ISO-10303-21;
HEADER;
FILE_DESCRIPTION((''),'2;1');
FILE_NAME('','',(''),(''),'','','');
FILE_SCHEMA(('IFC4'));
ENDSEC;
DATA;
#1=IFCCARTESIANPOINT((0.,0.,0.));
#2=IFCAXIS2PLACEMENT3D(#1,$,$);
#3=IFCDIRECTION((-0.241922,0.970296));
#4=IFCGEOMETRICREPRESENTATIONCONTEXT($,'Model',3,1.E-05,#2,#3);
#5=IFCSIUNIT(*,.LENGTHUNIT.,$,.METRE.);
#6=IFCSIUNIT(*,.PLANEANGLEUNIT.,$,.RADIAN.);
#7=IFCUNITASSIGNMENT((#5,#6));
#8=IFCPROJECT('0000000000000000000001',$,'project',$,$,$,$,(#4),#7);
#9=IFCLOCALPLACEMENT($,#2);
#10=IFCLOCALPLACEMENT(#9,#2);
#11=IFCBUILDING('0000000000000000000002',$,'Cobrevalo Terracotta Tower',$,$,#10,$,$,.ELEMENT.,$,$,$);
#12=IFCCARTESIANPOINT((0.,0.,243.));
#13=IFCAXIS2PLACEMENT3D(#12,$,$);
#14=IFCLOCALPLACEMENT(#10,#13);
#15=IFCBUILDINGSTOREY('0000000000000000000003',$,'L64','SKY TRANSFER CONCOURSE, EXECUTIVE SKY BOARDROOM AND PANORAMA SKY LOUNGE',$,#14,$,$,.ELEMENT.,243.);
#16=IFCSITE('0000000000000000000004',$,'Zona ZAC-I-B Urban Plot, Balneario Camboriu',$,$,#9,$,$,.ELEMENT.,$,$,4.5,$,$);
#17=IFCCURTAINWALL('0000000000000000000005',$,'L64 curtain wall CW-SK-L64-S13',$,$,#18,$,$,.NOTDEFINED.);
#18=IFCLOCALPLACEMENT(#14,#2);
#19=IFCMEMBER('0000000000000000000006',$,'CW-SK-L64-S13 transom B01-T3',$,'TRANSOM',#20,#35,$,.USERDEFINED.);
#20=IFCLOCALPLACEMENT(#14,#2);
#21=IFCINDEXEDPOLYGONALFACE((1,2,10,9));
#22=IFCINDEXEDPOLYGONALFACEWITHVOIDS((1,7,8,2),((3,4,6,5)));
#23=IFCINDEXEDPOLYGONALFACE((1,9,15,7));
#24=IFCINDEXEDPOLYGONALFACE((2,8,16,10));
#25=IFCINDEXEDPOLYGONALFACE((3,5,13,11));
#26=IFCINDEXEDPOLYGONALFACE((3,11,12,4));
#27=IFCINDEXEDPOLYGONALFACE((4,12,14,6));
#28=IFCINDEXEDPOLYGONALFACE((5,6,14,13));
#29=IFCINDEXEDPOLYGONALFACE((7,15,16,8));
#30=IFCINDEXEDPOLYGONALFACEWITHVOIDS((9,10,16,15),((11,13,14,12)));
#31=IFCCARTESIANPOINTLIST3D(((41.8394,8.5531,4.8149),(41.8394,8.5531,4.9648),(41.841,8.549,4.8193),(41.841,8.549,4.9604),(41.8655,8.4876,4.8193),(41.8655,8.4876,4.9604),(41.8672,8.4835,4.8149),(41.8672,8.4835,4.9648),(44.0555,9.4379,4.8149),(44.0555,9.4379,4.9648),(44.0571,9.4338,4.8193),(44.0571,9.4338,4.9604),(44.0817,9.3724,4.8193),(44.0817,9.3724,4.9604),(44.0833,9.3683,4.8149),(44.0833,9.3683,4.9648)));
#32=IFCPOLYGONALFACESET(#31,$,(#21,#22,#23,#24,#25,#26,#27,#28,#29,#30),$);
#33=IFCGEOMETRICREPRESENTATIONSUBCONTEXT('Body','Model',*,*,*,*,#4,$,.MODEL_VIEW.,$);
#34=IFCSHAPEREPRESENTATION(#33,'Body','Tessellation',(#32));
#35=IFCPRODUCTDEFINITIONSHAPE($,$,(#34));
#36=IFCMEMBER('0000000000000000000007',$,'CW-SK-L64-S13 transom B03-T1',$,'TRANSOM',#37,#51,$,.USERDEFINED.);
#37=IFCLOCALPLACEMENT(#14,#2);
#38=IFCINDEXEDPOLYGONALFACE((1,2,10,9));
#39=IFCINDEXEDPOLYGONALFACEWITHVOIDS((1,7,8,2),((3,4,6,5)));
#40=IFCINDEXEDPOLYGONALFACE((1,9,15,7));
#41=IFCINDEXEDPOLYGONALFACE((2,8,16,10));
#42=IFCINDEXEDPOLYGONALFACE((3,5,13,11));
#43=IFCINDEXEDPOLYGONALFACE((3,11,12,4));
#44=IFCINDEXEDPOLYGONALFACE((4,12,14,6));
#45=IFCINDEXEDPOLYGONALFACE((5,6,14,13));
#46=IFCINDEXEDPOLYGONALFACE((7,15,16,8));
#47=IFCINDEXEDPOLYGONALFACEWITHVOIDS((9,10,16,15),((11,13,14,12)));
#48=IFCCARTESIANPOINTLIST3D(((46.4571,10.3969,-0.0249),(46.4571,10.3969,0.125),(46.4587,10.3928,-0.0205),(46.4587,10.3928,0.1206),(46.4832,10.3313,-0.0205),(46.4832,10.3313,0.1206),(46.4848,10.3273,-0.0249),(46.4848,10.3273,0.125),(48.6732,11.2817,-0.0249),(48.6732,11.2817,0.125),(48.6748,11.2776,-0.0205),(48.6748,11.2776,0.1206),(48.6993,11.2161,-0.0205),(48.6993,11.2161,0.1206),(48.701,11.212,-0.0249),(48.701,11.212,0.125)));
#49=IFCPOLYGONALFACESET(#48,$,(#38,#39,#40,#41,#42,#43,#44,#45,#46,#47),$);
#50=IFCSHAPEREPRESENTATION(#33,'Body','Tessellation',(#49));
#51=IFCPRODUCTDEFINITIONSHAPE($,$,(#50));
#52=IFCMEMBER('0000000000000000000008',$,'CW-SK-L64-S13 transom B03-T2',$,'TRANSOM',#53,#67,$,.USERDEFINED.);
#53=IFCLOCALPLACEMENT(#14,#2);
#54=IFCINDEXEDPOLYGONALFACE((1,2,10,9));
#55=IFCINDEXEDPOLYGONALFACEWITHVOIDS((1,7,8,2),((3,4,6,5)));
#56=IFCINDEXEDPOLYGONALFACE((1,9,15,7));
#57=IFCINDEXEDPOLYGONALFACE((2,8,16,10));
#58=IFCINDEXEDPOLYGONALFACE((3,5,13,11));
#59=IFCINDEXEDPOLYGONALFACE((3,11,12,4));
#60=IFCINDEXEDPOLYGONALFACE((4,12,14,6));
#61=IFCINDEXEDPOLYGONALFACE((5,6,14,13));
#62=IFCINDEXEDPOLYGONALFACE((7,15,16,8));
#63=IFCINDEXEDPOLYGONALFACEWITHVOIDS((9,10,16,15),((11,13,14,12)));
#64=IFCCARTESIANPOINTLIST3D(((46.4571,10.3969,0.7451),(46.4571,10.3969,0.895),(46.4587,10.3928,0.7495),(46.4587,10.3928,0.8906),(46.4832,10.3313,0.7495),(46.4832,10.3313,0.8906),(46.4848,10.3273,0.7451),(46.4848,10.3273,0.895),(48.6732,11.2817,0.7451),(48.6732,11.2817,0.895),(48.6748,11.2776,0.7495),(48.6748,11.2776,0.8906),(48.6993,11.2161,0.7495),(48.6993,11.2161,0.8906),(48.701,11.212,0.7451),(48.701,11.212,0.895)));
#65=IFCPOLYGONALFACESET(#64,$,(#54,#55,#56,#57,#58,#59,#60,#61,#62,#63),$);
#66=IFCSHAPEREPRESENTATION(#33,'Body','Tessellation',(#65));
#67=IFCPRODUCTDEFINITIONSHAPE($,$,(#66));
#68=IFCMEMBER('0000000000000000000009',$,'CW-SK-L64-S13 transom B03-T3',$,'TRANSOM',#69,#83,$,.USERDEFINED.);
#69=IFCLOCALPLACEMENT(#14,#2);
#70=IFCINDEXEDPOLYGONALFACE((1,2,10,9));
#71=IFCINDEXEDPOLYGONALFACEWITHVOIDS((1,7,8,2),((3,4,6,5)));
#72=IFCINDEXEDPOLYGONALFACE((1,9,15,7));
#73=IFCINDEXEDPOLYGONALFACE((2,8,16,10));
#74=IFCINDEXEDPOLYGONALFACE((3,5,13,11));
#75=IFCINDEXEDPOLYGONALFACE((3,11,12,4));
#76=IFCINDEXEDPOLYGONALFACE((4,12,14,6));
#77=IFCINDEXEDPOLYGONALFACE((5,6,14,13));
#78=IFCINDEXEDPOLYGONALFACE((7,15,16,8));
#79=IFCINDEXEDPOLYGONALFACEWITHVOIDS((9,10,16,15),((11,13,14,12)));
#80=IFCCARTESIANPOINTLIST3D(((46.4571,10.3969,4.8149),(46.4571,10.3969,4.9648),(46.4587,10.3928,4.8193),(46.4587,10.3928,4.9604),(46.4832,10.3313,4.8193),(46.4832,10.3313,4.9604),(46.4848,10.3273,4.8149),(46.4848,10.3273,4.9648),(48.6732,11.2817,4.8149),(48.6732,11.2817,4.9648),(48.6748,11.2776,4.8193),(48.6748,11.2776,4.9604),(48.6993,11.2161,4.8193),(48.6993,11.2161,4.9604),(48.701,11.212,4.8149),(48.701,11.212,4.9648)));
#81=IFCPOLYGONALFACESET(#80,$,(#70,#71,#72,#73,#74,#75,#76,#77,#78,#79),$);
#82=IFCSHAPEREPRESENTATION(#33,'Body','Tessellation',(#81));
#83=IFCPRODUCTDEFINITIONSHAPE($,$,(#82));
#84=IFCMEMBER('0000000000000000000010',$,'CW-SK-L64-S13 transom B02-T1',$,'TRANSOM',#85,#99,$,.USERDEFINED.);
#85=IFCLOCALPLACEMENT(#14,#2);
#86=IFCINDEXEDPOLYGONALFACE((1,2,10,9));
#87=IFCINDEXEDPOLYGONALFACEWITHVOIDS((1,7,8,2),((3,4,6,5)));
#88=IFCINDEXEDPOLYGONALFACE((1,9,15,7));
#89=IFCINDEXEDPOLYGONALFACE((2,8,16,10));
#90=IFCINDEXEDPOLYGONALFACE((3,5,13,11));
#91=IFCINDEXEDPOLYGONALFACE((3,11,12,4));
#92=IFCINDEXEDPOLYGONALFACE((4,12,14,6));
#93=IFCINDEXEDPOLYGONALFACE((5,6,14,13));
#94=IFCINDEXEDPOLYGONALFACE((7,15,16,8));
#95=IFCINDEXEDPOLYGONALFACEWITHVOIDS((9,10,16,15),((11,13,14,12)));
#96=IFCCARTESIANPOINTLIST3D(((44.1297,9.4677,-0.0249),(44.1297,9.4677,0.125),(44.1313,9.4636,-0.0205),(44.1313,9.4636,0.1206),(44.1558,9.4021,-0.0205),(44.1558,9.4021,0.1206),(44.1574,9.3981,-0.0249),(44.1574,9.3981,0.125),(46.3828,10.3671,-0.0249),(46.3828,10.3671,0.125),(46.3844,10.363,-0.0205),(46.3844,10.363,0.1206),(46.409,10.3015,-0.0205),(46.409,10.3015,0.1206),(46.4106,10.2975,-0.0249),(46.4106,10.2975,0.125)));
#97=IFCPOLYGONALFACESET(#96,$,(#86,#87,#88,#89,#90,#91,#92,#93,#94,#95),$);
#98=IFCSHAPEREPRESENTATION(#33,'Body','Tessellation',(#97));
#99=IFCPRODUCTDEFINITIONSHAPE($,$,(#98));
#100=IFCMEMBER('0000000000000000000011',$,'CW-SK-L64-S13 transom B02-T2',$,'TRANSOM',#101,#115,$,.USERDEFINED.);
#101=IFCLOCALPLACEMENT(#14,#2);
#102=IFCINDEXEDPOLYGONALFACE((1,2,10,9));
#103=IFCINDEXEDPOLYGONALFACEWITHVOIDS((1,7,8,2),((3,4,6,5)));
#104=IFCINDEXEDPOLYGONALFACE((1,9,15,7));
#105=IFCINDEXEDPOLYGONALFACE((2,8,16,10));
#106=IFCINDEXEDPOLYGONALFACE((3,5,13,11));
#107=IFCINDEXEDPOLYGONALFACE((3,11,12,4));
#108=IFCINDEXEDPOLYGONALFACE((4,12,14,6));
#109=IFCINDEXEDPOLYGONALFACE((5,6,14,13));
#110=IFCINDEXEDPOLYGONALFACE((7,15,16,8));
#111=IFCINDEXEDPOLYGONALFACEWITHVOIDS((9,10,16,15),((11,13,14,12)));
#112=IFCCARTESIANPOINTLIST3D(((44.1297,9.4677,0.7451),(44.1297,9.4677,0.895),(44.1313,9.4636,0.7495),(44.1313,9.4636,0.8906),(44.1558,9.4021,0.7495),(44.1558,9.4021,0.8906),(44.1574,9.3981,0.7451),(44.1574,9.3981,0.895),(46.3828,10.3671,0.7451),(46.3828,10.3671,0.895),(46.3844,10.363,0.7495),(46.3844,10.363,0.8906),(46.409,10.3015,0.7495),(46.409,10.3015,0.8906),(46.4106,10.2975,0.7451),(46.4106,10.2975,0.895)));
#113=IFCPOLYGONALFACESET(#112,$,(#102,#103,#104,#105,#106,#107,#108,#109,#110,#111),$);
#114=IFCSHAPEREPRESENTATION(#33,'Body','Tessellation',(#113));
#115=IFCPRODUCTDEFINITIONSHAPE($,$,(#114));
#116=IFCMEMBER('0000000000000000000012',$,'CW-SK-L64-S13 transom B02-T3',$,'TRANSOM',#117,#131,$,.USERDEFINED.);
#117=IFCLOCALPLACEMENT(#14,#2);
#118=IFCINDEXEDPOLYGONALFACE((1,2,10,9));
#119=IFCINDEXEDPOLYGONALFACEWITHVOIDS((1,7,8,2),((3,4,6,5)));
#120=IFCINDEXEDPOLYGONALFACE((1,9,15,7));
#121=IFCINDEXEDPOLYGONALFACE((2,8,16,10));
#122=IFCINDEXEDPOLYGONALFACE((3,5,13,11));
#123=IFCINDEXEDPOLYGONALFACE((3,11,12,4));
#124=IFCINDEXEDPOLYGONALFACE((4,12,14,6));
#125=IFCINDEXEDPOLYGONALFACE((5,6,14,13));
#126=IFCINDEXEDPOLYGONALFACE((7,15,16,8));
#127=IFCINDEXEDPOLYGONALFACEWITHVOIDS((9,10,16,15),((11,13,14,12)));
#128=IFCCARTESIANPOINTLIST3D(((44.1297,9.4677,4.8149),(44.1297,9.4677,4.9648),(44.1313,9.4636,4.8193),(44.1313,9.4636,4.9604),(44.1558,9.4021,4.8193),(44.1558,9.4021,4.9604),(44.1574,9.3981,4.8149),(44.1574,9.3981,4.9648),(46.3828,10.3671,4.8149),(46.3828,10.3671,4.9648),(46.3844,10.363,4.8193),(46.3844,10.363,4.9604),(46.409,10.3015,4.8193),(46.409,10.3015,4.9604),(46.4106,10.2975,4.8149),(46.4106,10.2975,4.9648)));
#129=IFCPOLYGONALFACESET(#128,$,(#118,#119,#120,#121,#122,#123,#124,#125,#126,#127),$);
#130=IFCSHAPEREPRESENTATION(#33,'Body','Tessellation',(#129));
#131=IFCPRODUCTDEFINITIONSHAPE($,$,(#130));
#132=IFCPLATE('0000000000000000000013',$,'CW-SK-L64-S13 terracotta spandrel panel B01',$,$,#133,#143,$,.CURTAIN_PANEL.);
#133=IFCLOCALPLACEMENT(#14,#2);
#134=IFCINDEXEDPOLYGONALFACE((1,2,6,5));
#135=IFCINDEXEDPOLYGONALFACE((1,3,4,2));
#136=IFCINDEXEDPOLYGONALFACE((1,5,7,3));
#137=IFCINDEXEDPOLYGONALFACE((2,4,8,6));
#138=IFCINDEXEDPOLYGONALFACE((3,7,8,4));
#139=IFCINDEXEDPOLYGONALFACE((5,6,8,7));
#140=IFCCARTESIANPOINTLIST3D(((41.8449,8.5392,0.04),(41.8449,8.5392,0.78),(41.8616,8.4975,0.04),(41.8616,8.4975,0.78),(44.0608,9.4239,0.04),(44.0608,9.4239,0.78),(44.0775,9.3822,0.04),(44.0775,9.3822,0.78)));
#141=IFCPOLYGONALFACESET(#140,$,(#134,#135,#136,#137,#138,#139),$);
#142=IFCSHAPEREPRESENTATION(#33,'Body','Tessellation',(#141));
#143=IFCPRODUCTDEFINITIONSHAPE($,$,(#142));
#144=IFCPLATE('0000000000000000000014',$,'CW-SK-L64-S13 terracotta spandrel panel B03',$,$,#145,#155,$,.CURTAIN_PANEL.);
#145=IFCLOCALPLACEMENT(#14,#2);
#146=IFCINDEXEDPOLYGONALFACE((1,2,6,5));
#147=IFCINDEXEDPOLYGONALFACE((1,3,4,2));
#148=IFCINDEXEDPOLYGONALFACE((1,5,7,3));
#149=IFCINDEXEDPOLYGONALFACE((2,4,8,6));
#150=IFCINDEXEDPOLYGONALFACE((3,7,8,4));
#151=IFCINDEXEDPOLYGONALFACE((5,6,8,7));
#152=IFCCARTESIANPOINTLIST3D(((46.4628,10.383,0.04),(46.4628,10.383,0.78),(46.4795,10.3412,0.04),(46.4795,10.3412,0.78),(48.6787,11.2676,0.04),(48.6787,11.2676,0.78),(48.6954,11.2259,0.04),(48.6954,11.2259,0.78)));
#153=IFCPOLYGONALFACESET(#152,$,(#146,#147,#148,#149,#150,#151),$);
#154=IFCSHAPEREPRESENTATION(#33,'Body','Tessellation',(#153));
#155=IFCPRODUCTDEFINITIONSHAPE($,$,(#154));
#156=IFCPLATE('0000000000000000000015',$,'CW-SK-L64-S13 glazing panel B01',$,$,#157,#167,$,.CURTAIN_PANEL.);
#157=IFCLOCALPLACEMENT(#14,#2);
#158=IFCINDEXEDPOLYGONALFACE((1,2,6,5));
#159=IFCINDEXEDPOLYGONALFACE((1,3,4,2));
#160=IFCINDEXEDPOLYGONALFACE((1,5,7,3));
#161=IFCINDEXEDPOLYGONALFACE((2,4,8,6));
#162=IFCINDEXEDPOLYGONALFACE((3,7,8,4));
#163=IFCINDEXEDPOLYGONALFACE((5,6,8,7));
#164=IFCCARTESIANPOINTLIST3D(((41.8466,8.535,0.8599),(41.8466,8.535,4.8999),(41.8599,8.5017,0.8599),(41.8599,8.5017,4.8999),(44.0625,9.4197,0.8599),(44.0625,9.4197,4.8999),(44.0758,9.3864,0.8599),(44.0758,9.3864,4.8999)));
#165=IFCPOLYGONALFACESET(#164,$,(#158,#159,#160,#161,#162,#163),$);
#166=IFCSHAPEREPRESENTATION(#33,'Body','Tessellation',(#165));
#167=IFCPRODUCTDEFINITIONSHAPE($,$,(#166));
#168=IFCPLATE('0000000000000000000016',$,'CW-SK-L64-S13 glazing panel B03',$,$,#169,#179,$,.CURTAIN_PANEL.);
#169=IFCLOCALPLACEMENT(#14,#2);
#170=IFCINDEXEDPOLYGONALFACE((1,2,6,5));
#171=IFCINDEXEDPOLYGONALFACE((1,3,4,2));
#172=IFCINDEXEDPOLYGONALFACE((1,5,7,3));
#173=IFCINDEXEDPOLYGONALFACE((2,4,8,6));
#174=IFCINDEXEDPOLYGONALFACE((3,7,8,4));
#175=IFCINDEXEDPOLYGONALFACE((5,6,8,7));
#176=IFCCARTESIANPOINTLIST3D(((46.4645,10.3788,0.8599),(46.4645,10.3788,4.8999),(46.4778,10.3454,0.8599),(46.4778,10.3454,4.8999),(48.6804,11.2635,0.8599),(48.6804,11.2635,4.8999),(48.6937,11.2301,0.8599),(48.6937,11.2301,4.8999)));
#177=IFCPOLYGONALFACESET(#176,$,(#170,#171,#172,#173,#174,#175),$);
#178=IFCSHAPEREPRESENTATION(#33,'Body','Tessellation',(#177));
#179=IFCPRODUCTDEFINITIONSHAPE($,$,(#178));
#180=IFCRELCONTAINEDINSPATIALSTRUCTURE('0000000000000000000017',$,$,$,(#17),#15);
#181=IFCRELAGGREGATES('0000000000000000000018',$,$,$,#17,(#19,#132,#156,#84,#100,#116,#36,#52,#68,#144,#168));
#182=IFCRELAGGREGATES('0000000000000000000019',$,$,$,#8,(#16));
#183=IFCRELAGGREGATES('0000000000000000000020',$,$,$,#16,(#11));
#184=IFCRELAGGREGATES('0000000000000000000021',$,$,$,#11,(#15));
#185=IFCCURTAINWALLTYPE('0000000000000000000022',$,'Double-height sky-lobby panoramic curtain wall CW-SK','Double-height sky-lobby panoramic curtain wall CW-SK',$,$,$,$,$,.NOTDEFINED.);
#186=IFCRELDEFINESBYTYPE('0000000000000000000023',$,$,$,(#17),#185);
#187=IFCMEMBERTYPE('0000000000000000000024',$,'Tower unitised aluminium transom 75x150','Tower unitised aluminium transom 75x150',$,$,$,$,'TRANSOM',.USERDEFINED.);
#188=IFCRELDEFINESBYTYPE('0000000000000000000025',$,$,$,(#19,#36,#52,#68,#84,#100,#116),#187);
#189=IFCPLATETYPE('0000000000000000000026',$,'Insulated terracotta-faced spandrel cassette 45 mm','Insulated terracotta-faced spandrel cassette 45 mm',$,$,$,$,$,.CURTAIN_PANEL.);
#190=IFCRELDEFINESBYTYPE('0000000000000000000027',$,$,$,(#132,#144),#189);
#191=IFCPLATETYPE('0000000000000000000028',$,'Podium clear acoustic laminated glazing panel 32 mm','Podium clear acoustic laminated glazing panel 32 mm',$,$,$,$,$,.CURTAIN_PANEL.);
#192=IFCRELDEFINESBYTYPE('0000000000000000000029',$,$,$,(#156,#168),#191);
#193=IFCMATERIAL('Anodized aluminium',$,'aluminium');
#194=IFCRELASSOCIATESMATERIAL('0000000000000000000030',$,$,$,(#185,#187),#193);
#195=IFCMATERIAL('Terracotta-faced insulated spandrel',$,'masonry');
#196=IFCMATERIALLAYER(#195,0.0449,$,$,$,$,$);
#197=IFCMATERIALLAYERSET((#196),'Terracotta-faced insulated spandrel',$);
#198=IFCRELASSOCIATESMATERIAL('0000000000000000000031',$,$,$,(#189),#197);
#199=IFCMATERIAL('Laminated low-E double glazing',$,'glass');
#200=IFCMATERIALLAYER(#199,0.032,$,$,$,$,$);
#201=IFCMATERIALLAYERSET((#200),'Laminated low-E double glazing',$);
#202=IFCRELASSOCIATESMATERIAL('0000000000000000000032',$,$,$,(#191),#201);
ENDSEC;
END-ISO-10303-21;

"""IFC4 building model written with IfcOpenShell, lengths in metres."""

from ifc_helpers import new_model, si_unit, direction, frame, origin, origin_2d, place, context, subcontext, project, spatial, rectangle, hollow_rectangle, extrude, source, transform, mapped, material, layer, layer_set, material_profile, profile_set, type_object, element, aggregate, save


model = new_model("IFC4")

# Units and contexts
model_context = context("Model", 3, precision=1e-05, world=origin(), true_north=direction((-0.241922, 0.970296)))
body_context = subcontext(model_context, "Body", "Model", "MODEL_VIEW")
ifc_project = project(units=[si_unit("LENGTHUNIT", "METRE"), si_unit("PLANEANGLEUNIT", "RADIAN")], contexts=[model_context])

# Site, building, storey
site_placement = place(None, origin())
site = spatial("IfcSite", under=ifc_project, at=site_placement, Name="Zona ZAC-I-B Urban Plot, Balneario Camboriu", CompositionType="ELEMENT", RefElevation=4.5)
building_placement = place(site_placement, origin())
building = spatial("IfcBuilding", under=site, at=building_placement, Name="Cobrevalo Terracotta Tower", CompositionType="ELEMENT")
storey_placement = place(building_placement, frame((0.0, 0.0, 243.0)))
storey = spatial("IfcBuildingStorey", under=building, at=storey_placement, Name="L64", Description="SKY TRANSFER CONCOURSE, EXECUTIVE SKY BOARDROOM AND PANORAMA SKY LOUNGE", CompositionType="ELEMENT", Elevation=243.0)

# Shared definitions
ifc_material_1 = material(Name="Anodized aluminium", Category="aluminium")
curtain_wall_type = type_object("IfcCurtainWallType", Name="Double-height sky-lobby panoramic curtain wall CW-SK", Description="Double-height sky-lobby panoramic curtain wall CW-SK", PredefinedType="NOTDEFINED", material=ifc_material_1)

# Curtain wall, members, plates
curtain_wall_1_placement = place(storey_placement, origin())
curtain_wall_1 = element("IfcCurtainWall", 1, at=curtain_wall_1_placement, inside=storey, type_object=curtain_wall_type, Name="L64 curtain wall CW-SK-L64-S13", PredefinedType="NOTDEFINED")
ifc_material_profile_1 = material_profile(ifc_material_1, hollow_rectangle(XDim=0.075, YDim=0.1499, WallThickness=0.0044, at=origin_2d()), Name="CWT 75x150")
ifc_profile_set_1 = profile_set([ifc_material_profile_1], Name="Anodized aluminium")
member_type_1 = type_object("IfcMemberType", Name="Tower unitised aluminium transom 75x150", Description="Tower unitised aluminium transom 75x150", ElementType="TRANSOM", PredefinedType="USERDEFINED", material=ifc_profile_set_1)
shared_shape_1 = source(origin(), body_context, "Body", "SweptSolid", [
    extrude(hollow_rectangle(XDim=0.075, YDim=0.1499, WallThickness=0.0044, at=origin_2d()), origin(), (0.0, 0.0, 1.0), 2.3862),
])
member_1_placement = place(storey_placement, frame((41.8533, 8.5183, 4.8899), z_axis=(0.928716, 0.370791, 0.0), x_axis=(-0.370791, 0.928716, 0.0)))
member_1 = element("IfcMember", 2, at=member_1_placement, type_object=member_type_1, Name="CW-SK-L64-S13 transom B01-T3", ObjectType="TRANSOM", PredefinedType="USERDEFINED", context=body_context, shape_type="MappedRepresentation", body=[
    mapped(shared_shape_1, transform((0.0, 0.0, 0.0), scale=1.0)),
])
member_2_placement = place(storey_placement, frame((46.4709, 10.3621, 0.05), z_axis=(0.928716, 0.370791, 0.0), x_axis=(-0.370791, 0.928716, 0.0)))
member_2 = element("IfcMember", 3, at=member_2_placement, type_object=member_type_1, Name="CW-SK-L64-S13 transom B03-T1", ObjectType="TRANSOM", PredefinedType="USERDEFINED", context=body_context, shape_type="MappedRepresentation", body=[
    mapped(shared_shape_1, transform((0.0, 0.0, 0.0), scale=1.0)),
])
member_3_placement = place(storey_placement, frame((46.4709, 10.3621, 0.8201), z_axis=(0.928716, 0.370791, 0.0), x_axis=(-0.370791, 0.928716, 0.0)))
member_3 = element("IfcMember", 4, at=member_3_placement, type_object=member_type_1, Name="CW-SK-L64-S13 transom B03-T2", ObjectType="TRANSOM", PredefinedType="USERDEFINED", context=body_context, shape_type="MappedRepresentation", body=[
    mapped(shared_shape_1, transform((0.0, 0.0, 0.0), scale=1.0)),
])
member_4_placement = place(storey_placement, frame((46.4709, 10.3621, 4.8899), z_axis=(0.928716, 0.370791, 0.0), x_axis=(-0.370791, 0.928716, 0.0)))
member_4 = element("IfcMember", 5, at=member_4_placement, type_object=member_type_1, Name="CW-SK-L64-S13 transom B03-T3", ObjectType="TRANSOM", PredefinedType="USERDEFINED", context=body_context, shape_type="MappedRepresentation", body=[
    mapped(shared_shape_1, transform((0.0, 0.0, 0.0), scale=1.0)),
])
shared_shape_2 = source(origin(), body_context, "Body", "SweptSolid", [
    extrude(hollow_rectangle(XDim=0.075, YDim=0.1499, WallThickness=0.0044, at=origin_2d()), origin(), (0.0, 0.0, 1.0), 2.426),
])
member_5_placement = place(storey_placement, frame((44.1436, 9.4329, 0.05), z_axis=(0.92874, 0.370731, 0.0), x_axis=(-0.370731, 0.92874, 0.0)))
member_5 = element("IfcMember", 6, at=member_5_placement, type_object=member_type_1, Name="CW-SK-L64-S13 transom B02-T1", ObjectType="TRANSOM", PredefinedType="USERDEFINED", context=body_context, shape_type="MappedRepresentation", body=[
    mapped(shared_shape_2, transform((0.0, 0.0, 0.0), scale=1.0)),
])
member_6_placement = place(storey_placement, frame((44.1436, 9.4329, 0.8201), z_axis=(0.92874, 0.370731, 0.0), x_axis=(-0.370731, 0.92874, 0.0)))
member_6 = element("IfcMember", 7, at=member_6_placement, type_object=member_type_1, Name="CW-SK-L64-S13 transom B02-T2", ObjectType="TRANSOM", PredefinedType="USERDEFINED", context=body_context, shape_type="MappedRepresentation", body=[
    mapped(shared_shape_2, transform((0.0, 0.0, 0.0), scale=1.0)),
])
member_7_placement = place(storey_placement, frame((44.1436, 9.4329, 4.8899), z_axis=(0.92874, 0.370731, 0.0), x_axis=(-0.370731, 0.92874, 0.0)))
member_7 = element("IfcMember", 8, at=member_7_placement, type_object=member_type_1, Name="CW-SK-L64-S13 transom B02-T3", ObjectType="TRANSOM", PredefinedType="USERDEFINED", context=body_context, shape_type="MappedRepresentation", body=[
    mapped(shared_shape_2, transform((0.0, 0.0, 0.0), scale=1.0)),
])
ifc_material_2 = material(Name="Terracotta-faced insulated spandrel", Category="masonry")
ifc_layer_1 = layer(ifc_material_2, 0.0449)
ifc_layer_set_1 = layer_set([ifc_layer_1], Name="Terracotta-faced insulated spandrel")
plate_type_1 = type_object("IfcPlateType", Name="Insulated terracotta-faced spandrel cassette 45 mm", Description="Insulated terracotta-faced spandrel cassette 45 mm", PredefinedType="CURTAIN_PANEL", material=ifc_layer_set_1)
shared_shape_3 = source(origin(), body_context, "Body", "SweptSolid", [
    extrude(rectangle(XDim=2.386, YDim=0.0449, at=origin_2d()), origin(), (0.0, 0.0, 1.0), 0.74),
])
plate_1_placement = place(storey_placement, frame((42.9612, 8.9607, 0.04), z_axis=(0.0, 0.0, 1.0), x_axis=(0.928718, 0.370786, 0.0)))
plate_1 = element("IfcPlate", 9, at=plate_1_placement, type_object=plate_type_1, Name="CW-SK-L64-S13 terracotta spandrel panel B01", PredefinedType="CURTAIN_PANEL", context=body_context, shape_type="MappedRepresentation", body=[
    mapped(shared_shape_3, transform((0.0, 0.0, 0.0), scale=1.0)),
])
plate_2_placement = place(storey_placement, frame((47.5791, 10.8044, 0.04), z_axis=(0.0, 0.0, 1.0), x_axis=(0.928718, 0.370786, 0.0)))
plate_2 = element("IfcPlate", 10, at=plate_2_placement, type_object=plate_type_1, Name="CW-SK-L64-S13 terracotta spandrel panel B03", PredefinedType="CURTAIN_PANEL", context=body_context, shape_type="MappedRepresentation", body=[
    mapped(shared_shape_3, transform((0.0, 0.0, 0.0), scale=1.0)),
])
ifc_material_3 = material(Name="Laminated low-E double glazing", Category="glass")
ifc_layer_2 = layer(ifc_material_3, 0.032)
ifc_layer_set_2 = layer_set([ifc_layer_2], Name="Laminated low-E double glazing")
plate_type_2 = type_object("IfcPlateType", Name="Podium clear acoustic laminated glazing panel 32 mm", Description="Podium clear acoustic laminated glazing panel 32 mm", PredefinedType="CURTAIN_PANEL", material=ifc_layer_set_2)
shared_shape_4 = source(origin(), body_context, "Body", "SweptSolid", [
    extrude(rectangle(XDim=2.386, YDim=0.0359, at=origin_2d()), origin(), (0.0, 0.0, 1.0), 4.04),
])
plate_3_placement = place(storey_placement, frame((42.9612, 8.9607, 0.8599), z_axis=(0.0, 0.0, 1.0), x_axis=(0.928718, 0.370786, 0.0)))
plate_3 = element("IfcPlate", 11, at=plate_3_placement, type_object=plate_type_2, Name="CW-SK-L64-S13 glazing panel B01", PredefinedType="CURTAIN_PANEL", context=body_context, shape_type="MappedRepresentation", body=[
    mapped(shared_shape_4, transform((0.0, 0.0, 0.0), scale=1.0)),
])
plate_4_placement = place(storey_placement, frame((47.5791, 10.8044, 0.8599), z_axis=(0.0, 0.0, 1.0), x_axis=(0.928718, 0.370786, 0.0)))
plate_4 = element("IfcPlate", 12, at=plate_4_placement, type_object=plate_type_2, Name="CW-SK-L64-S13 glazing panel B03", PredefinedType="CURTAIN_PANEL", context=body_context, shape_type="MappedRepresentation", body=[
    mapped(shared_shape_4, transform((0.0, 0.0, 0.0), scale=1.0)),
])
aggregate(curtain_wall_1, [member_1, plate_1, plate_3, member_5, member_6, member_7, member_2, member_3, member_4, plate_2, plate_4])

save(model, "model.ifc")
